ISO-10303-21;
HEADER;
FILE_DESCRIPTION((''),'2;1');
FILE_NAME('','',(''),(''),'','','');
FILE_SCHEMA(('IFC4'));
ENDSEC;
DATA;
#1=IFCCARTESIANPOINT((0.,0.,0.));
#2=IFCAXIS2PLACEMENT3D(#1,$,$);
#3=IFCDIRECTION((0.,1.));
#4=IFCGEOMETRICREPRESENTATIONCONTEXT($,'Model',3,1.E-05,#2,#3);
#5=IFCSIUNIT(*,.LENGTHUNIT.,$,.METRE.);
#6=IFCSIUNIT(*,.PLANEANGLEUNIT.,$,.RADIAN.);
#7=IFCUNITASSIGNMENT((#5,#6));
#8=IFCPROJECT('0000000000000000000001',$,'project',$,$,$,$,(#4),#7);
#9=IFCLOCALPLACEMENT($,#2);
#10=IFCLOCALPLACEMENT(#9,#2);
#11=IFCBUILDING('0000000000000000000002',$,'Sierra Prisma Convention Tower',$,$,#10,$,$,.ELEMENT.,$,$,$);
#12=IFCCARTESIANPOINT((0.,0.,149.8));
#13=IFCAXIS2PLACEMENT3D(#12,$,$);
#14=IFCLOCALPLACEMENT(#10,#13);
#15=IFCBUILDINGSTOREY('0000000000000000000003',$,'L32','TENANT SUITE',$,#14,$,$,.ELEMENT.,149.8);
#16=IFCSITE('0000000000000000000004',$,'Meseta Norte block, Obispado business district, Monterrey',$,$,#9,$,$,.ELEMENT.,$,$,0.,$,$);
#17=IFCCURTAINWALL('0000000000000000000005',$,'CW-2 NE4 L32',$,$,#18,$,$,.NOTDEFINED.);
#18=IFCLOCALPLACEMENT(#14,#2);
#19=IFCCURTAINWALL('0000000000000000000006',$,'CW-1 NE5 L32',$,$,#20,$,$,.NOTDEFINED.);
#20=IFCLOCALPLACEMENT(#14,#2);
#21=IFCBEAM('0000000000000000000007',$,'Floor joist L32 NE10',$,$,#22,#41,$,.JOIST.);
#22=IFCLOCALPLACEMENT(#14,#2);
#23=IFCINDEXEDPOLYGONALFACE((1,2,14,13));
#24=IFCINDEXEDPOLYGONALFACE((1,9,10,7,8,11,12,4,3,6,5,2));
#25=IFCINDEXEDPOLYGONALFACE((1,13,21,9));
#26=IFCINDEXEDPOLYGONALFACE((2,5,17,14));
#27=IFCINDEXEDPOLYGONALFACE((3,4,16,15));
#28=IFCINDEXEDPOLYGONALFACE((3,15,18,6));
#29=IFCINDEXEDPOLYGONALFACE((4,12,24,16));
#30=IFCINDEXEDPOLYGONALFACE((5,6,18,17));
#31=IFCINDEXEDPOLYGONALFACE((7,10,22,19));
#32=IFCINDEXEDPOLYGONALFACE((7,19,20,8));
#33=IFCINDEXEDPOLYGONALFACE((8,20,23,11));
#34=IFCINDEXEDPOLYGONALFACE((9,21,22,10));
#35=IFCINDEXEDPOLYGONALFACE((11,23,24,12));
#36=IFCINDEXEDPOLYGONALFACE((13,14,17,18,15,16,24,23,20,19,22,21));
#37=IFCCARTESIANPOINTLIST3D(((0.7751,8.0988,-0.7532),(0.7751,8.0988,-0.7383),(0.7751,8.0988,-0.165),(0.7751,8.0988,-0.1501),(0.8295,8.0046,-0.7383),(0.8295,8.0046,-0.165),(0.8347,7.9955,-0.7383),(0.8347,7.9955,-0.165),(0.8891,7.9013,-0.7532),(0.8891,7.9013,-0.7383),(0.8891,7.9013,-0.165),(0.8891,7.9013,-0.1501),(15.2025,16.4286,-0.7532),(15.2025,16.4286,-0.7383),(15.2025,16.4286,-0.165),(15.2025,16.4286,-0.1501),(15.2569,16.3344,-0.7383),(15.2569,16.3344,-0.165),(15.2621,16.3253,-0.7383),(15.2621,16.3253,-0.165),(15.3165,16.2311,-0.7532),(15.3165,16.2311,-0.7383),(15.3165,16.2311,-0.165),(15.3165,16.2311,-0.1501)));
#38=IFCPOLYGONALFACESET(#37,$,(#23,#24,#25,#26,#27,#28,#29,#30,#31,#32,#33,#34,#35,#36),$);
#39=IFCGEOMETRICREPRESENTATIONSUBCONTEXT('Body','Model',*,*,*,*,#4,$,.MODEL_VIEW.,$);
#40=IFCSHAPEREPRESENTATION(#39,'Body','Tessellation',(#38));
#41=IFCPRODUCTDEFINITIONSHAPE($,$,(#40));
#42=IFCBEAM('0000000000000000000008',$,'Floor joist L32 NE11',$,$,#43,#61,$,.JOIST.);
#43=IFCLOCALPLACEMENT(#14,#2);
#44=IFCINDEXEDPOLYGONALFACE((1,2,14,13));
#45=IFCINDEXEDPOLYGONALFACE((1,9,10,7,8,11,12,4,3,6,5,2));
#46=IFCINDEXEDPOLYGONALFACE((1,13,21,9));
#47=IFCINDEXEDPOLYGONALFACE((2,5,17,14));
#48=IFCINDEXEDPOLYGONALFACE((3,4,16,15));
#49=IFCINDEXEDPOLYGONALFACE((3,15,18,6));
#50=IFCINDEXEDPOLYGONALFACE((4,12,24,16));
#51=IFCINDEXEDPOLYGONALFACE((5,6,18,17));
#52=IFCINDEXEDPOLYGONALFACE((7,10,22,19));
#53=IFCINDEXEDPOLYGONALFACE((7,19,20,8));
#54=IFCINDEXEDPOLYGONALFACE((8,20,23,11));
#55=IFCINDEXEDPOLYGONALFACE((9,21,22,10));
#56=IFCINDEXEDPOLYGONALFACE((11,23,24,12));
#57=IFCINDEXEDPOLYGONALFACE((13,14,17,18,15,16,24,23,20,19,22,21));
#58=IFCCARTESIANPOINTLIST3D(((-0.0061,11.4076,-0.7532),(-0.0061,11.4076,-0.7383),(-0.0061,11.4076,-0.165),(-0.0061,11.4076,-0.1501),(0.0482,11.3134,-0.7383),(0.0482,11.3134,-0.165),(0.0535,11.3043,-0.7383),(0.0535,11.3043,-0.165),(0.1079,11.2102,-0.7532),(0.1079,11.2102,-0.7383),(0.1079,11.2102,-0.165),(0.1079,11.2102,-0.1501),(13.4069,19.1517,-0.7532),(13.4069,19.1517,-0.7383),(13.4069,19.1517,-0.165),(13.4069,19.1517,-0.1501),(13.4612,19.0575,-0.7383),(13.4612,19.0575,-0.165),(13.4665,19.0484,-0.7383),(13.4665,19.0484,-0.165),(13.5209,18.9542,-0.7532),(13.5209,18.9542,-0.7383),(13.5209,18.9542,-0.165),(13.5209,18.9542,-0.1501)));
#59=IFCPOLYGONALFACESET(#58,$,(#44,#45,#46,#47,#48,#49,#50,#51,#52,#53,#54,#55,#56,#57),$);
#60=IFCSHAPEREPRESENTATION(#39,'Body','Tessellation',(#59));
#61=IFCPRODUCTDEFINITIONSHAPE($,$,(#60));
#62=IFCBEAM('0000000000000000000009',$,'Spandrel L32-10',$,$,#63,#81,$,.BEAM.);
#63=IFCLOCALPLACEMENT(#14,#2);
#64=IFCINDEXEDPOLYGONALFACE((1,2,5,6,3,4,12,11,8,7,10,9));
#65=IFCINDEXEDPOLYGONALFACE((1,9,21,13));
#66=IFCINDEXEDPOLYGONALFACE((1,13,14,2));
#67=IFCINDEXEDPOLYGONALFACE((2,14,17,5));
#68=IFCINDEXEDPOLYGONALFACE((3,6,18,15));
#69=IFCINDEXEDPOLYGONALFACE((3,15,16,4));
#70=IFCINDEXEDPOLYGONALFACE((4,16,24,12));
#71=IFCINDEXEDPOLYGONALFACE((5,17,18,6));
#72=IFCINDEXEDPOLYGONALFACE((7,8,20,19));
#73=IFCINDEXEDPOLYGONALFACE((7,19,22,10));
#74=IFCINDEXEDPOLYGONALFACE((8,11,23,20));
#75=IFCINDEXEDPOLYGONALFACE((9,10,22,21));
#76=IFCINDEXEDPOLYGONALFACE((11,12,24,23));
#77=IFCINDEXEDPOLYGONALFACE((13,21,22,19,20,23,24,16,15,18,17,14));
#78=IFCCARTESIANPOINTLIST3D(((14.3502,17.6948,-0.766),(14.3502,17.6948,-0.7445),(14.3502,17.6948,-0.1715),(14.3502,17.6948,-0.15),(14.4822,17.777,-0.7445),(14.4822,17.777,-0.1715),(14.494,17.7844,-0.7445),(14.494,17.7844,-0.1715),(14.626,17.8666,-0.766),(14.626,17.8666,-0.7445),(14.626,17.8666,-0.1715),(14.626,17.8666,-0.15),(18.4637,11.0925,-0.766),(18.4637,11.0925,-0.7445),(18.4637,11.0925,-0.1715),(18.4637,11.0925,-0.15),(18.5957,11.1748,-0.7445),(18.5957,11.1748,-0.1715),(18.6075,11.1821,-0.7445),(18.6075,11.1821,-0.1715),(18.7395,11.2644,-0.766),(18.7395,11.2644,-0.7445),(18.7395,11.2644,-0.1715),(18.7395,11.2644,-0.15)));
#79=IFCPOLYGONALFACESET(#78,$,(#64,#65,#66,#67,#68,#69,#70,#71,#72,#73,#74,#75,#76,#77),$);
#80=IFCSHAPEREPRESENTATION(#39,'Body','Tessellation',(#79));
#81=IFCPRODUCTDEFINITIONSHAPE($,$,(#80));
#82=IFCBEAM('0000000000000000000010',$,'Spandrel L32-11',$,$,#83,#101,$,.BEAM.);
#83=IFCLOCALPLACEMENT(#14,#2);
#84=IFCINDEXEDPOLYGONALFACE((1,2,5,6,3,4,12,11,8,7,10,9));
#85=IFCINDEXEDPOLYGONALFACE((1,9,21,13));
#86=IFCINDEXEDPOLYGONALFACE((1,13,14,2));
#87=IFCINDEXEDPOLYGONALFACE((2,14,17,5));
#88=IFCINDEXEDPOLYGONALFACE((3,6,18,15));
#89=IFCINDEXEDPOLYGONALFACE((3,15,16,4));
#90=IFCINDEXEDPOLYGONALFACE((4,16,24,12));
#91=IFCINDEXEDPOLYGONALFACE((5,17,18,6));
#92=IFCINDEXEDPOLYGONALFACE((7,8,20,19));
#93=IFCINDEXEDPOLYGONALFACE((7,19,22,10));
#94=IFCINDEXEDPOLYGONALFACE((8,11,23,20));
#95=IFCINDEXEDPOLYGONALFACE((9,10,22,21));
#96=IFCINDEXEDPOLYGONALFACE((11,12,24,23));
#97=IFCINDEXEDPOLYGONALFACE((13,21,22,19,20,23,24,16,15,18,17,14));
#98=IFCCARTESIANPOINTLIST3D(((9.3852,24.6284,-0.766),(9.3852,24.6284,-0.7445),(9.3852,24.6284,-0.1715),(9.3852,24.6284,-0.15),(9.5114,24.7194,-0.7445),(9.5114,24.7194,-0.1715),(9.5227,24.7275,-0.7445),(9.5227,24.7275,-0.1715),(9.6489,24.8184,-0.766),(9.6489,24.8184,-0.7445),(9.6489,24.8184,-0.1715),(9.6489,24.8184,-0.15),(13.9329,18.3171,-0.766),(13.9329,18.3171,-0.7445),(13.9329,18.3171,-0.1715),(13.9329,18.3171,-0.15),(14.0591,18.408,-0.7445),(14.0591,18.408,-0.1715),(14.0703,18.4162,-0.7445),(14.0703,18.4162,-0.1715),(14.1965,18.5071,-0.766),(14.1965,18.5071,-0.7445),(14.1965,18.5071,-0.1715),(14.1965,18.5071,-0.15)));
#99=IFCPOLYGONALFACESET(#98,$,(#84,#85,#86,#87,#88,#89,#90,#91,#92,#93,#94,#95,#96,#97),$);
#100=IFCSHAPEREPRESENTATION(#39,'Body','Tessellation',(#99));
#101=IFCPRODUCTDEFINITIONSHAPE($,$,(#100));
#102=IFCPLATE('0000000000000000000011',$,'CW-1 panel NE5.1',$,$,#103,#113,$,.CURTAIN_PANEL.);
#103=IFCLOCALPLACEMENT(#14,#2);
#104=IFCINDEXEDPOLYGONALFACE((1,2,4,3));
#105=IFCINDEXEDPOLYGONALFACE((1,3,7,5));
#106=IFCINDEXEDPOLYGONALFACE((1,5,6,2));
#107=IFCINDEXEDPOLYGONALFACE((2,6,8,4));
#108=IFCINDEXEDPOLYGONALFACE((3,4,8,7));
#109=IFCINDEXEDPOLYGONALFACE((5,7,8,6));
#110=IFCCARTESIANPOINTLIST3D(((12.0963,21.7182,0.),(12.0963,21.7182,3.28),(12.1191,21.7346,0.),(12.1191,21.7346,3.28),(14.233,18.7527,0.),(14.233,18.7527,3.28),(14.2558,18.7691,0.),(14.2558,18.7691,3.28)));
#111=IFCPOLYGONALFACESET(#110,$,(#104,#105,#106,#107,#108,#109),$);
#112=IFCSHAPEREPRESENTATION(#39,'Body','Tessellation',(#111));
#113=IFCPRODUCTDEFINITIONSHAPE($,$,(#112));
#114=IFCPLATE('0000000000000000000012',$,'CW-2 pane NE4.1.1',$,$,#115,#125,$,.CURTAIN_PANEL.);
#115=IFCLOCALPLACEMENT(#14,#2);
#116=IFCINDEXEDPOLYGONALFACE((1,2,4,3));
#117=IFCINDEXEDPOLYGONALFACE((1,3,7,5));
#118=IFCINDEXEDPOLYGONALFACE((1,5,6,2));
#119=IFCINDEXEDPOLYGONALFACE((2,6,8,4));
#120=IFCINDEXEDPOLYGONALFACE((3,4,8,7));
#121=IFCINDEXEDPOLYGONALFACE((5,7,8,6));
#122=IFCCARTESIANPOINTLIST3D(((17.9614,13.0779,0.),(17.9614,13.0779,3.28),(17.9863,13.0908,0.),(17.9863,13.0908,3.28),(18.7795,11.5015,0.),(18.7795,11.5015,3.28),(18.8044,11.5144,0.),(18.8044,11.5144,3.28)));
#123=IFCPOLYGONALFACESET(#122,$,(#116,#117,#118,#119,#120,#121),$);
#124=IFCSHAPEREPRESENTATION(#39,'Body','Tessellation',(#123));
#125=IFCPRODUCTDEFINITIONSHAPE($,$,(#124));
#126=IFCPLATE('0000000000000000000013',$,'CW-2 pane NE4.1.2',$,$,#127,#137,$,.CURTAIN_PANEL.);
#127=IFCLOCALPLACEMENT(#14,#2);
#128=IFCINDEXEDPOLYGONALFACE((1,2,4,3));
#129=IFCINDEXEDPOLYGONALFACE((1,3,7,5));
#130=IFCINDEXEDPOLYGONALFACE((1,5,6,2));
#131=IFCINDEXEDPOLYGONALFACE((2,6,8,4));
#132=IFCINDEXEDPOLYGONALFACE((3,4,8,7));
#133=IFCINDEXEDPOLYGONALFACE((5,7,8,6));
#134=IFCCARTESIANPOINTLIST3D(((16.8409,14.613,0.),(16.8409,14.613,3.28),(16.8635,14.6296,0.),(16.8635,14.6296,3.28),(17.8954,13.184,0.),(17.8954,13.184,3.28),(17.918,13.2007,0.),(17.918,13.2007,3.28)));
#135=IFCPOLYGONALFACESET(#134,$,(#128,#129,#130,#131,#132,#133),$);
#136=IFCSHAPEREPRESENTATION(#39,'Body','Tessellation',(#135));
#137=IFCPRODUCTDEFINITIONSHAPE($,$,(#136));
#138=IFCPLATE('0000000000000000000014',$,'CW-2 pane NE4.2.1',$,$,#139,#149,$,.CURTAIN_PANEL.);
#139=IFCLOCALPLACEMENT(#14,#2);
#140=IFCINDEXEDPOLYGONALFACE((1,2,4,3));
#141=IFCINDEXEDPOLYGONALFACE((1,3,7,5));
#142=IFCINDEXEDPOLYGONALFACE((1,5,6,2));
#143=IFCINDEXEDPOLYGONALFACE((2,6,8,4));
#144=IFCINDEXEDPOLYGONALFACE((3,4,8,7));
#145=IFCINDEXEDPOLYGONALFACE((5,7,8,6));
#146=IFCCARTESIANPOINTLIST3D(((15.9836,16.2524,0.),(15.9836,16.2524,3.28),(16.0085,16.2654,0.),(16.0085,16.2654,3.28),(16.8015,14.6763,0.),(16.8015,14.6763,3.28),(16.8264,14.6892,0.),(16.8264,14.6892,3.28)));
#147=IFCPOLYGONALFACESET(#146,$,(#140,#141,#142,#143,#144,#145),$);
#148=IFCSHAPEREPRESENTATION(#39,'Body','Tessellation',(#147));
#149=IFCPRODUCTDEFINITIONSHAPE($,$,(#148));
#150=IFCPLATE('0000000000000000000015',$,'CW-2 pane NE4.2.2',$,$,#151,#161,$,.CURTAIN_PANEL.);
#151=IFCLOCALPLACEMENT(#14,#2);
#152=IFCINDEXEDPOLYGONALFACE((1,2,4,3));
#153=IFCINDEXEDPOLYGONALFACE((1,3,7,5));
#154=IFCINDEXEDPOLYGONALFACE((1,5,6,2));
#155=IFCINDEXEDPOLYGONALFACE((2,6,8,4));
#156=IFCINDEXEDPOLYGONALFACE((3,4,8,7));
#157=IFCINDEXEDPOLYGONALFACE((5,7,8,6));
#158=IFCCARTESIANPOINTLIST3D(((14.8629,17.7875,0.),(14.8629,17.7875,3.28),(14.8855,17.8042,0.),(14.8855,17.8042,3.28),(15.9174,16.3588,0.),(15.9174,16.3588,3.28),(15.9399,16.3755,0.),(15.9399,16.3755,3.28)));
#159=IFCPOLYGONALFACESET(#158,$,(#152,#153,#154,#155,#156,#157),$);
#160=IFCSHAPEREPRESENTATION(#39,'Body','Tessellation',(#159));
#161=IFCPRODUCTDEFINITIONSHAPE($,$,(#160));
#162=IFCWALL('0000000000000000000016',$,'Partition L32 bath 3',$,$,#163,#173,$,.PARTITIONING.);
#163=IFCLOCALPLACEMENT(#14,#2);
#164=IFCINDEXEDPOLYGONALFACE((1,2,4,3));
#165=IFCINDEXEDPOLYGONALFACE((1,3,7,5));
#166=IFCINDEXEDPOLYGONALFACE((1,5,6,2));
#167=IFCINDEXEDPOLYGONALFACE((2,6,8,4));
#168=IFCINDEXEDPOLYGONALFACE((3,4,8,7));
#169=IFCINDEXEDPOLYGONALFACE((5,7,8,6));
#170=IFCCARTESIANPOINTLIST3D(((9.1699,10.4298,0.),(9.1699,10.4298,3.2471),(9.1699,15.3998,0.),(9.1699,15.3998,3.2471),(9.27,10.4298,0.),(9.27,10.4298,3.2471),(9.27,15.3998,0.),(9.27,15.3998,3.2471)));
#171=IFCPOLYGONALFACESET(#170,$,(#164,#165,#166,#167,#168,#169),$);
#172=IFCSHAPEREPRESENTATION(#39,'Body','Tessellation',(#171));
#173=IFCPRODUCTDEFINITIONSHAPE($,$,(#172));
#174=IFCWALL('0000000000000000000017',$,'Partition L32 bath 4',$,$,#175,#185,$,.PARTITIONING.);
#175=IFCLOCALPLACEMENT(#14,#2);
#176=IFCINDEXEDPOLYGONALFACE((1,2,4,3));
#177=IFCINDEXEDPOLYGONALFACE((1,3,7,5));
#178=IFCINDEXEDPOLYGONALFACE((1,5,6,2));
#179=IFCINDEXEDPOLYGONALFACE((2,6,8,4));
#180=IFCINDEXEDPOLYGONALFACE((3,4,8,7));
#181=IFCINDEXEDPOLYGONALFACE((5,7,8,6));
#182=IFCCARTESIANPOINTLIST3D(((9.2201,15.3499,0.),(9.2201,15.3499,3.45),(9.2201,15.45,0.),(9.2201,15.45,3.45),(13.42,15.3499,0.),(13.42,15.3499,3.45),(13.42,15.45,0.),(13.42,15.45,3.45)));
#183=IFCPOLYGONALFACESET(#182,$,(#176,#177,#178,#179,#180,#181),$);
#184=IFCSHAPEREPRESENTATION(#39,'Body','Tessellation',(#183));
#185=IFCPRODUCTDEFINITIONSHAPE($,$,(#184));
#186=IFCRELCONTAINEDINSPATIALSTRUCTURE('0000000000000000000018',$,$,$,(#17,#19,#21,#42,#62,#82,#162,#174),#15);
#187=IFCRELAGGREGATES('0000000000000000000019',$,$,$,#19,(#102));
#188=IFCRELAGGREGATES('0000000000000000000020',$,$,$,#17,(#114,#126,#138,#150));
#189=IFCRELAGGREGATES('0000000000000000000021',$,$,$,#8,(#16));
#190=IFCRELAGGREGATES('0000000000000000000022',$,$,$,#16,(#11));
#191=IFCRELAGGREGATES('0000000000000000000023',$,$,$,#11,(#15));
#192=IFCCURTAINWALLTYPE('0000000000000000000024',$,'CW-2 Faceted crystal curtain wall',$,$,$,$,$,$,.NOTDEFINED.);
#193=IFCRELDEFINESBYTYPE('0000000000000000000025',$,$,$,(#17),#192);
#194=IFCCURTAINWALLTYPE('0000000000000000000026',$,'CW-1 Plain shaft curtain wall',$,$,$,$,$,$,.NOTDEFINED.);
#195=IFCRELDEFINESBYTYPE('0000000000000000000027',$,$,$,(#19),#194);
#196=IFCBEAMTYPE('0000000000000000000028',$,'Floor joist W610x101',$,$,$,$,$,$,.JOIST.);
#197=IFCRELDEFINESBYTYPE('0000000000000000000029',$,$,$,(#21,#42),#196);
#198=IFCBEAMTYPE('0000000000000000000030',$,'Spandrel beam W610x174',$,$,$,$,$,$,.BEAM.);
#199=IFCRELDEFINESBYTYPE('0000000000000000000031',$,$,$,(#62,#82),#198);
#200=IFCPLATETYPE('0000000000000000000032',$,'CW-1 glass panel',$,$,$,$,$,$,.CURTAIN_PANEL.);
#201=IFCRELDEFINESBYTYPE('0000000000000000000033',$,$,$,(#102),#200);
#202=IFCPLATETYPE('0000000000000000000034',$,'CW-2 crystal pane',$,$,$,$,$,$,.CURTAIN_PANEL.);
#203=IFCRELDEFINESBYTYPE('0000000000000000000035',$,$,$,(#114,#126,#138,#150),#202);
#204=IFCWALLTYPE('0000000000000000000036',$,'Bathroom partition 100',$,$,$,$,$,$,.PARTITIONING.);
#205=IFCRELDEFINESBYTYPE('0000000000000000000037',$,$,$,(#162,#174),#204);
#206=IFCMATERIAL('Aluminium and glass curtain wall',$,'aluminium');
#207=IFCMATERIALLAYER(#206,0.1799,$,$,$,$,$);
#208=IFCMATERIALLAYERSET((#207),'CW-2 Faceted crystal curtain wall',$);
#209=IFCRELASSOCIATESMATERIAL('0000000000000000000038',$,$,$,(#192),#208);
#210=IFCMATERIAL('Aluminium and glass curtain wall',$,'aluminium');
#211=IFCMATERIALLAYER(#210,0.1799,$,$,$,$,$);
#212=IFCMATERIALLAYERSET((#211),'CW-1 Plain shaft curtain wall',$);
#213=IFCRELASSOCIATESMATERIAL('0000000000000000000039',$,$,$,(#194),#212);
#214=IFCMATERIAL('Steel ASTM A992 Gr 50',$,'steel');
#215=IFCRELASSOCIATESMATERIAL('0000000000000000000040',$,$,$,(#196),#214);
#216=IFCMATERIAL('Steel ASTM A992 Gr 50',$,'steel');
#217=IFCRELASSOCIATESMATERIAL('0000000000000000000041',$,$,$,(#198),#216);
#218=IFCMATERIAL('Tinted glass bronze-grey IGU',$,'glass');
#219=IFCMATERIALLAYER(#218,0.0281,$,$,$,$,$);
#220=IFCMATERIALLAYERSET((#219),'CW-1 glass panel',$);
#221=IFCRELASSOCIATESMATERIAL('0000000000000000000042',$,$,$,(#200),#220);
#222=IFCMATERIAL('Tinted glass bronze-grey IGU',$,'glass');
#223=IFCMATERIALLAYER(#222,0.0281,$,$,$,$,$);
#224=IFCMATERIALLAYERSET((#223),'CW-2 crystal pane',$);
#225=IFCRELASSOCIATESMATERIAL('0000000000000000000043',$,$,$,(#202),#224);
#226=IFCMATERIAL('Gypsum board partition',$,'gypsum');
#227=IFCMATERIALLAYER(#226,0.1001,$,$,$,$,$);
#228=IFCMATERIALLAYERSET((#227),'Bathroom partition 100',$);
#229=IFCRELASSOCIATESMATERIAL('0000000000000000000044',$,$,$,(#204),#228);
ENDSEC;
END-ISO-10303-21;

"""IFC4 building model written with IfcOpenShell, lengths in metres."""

from ifc_helpers import new_model, si_unit, direction, frame, frame_2d, origin, origin_2d, place, context, subcontext, project, spatial, polyline, rectangle, i_section, outline, extrude, material, layer, layer_set, material_profile, profile_set, type_object, element, aggregate, save


model = new_model("IFC4")

# Units and contexts
model_context = context("Model", 3, precision=1e-05, world=origin(), true_north=direction((0.0, 1.0)))
body_context = subcontext(model_context, "Body", "Model", "MODEL_VIEW")
ifc_project = project(units=[si_unit("LENGTHUNIT", "METRE"), si_unit("PLANEANGLEUNIT", "RADIAN")], contexts=[model_context])

# Site, building, storey
site_placement = place(None, origin())
site = spatial("IfcSite", under=ifc_project, at=site_placement, Name="Meseta Norte block, Obispado business district, Monterrey", CompositionType="ELEMENT", RefElevation=0.0)
building_placement = place(site_placement, origin())
building = spatial("IfcBuilding", under=site, at=building_placement, Name="Sierra Prisma Convention Tower", CompositionType="ELEMENT")
storey_placement = place(building_placement, frame((0.0, 0.0, 149.8)))
storey = spatial("IfcBuildingStorey", under=building, at=storey_placement, Name="L32", Description="TENANT SUITE", CompositionType="ELEMENT", Elevation=149.8)

# Curtain wall
ifc_material_1 = material(Name="Aluminium and glass curtain wall", Category="aluminium")
ifc_layer_1 = layer(ifc_material_1, 0.1799)
ifc_layer_set_1 = layer_set([ifc_layer_1], Name="CW-2 Faceted crystal curtain wall")
curtain_wall_type_1 = type_object("IfcCurtainWallType", Name="CW-2 Faceted crystal curtain wall", PredefinedType="NOTDEFINED", material=ifc_layer_set_1)
curtain_wall_1_placement = place(storey_placement, origin())
curtain_wall_1 = element("IfcCurtainWall", 1, at=curtain_wall_1_placement, inside=storey, type_object=curtain_wall_type_1, Name="CW-2 NE4 L32", PredefinedType="NOTDEFINED")

# Curtain wall
ifc_material_2 = material(Name="Aluminium and glass curtain wall", Category="aluminium")
ifc_layer_2 = layer(ifc_material_2, 0.1799)
ifc_layer_set_2 = layer_set([ifc_layer_2], Name="CW-1 Plain shaft curtain wall")
curtain_wall_type_2 = type_object("IfcCurtainWallType", Name="CW-1 Plain shaft curtain wall", PredefinedType="NOTDEFINED", material=ifc_layer_set_2)
curtain_wall_2_placement = place(storey_placement, origin())
curtain_wall_2 = element("IfcCurtainWall", 2, at=curtain_wall_2_placement, inside=storey, type_object=curtain_wall_type_2, Name="CW-1 NE5 L32", PredefinedType="NOTDEFINED")

# Beams
ifc_material_3 = material(Name="Steel ASTM A992 Gr 50", Category="steel")
ifc_material_profile_1 = material_profile(ifc_material_3, i_section(OverallWidth=0.228, OverallDepth=0.603, WebThickness=0.0105, FlangeThickness=0.0149, at=origin_2d()), Name="W610x101")
ifc_profile_set_1 = profile_set([ifc_material_profile_1], Name="Steel ASTM A992 Gr 50")
beam_type_1 = type_object("IfcBeamType", Name="Floor joist W610x101", PredefinedType="JOIST", material=ifc_profile_set_1)
beam_1_placement = place(storey_placement, frame((15.2595, 16.3298, -0.4517), z_axis=(-0.866022, -0.500005, 0.0), x_axis=(0.500005, -0.866022, 0.0)))
element("IfcBeam", 3, at=beam_1_placement, inside=storey, type_object=beam_type_1, Name="Floor joist L32 NE10", PredefinedType="JOIST", context=body_context, shape_type="SweptSolid", body=[
    extrude(i_section(OverallWidth=0.228, OverallDepth=0.603, WebThickness=0.0105, FlangeThickness=0.0149, at=origin_2d()), origin(), (0.0, 0.0, 1.0), 16.6594),
])
beam_2_placement = place(storey_placement, frame((13.4639, 19.053, -0.4517), z_axis=(-0.866023, -0.500004, 0.0), x_axis=(0.500004, -0.866023, 0.0)))
element("IfcBeam", 4, at=beam_2_placement, inside=storey, type_object=beam_type_1, Name="Floor joist L32 NE11", PredefinedType="JOIST", context=body_context, shape_type="SweptSolid", body=[
    extrude(i_section(OverallWidth=0.228, OverallDepth=0.603, WebThickness=0.0105, FlangeThickness=0.0149, at=origin_2d()), origin(), (0.0, 0.0, 1.0), 15.488),
])
ifc_material_4 = material(Name="Steel ASTM A992 Gr 50", Category="steel")
ifc_material_profile_2 = material_profile(ifc_material_4, i_section(OverallWidth=0.325, OverallDepth=0.616, WebThickness=0.0139, FlangeThickness=0.0215, at=origin_2d()), Name="W610x174")
ifc_profile_set_2 = profile_set([ifc_material_profile_2], Name="Steel ASTM A992 Gr 50")
beam_type_2 = type_object("IfcBeamType", Name="Spandrel beam W610x174", PredefinedType="BEAM", material=ifc_profile_set_2)
beam_3_placement = place(storey_placement, frame((18.6016, 11.1785, -0.458), z_axis=(-0.528805, 0.848743, 0.0), x_axis=(-0.848743, -0.528805, 0.0)))
element("IfcBeam", 5, at=beam_3_placement, inside=storey, type_object=beam_type_2, Name="Spandrel L32-10", PredefinedType="BEAM", context=body_context, shape_type="SweptSolid", body=[
    extrude(i_section(OverallWidth=0.325, OverallDepth=0.616, WebThickness=0.0139, FlangeThickness=0.0215, at=origin_2d()), origin(), (0.0, 0.0, 1.0), 7.7788),
])
beam_4_placement = place(storey_placement, frame((14.0647, 18.4121, -0.458), z_axis=(-0.5846, 0.811322, 0.0), x_axis=(-0.811322, -0.5846, 0.0)))
element("IfcBeam", 6, at=beam_4_placement, inside=storey, type_object=beam_type_2, Name="Spandrel L32-11", PredefinedType="BEAM", context=body_context, shape_type="SweptSolid", body=[
    extrude(i_section(OverallWidth=0.325, OverallDepth=0.616, WebThickness=0.0139, FlangeThickness=0.0215, at=origin_2d()), origin(), (0.0, 0.0, 1.0), 7.7791),
])

# Plates
ifc_material_5 = material(Name="Tinted glass bronze-grey IGU", Category="glass")
ifc_layer_3 = layer(ifc_material_5, 0.0281)
ifc_layer_set_3 = layer_set([ifc_layer_3], Name="CW-1 glass panel")
plate_type_1 = type_object("IfcPlateType", Name="CW-1 glass panel", PredefinedType="CURTAIN_PANEL", material=ifc_layer_set_3)
plate_1_placement = place(storey_placement, frame((13.176, 20.2437, 0.0), z_axis=(0.0, 0.0, 1.0), x_axis=(-0.584584, 0.811333, 0.0)))
plate_1 = element("IfcPlate", 7, at=plate_1_placement, type_object=plate_type_1, Name="CW-1 panel NE5.1", PredefinedType="CURTAIN_PANEL", context=body_context, shape_type="SweptSolid", body=[
    extrude(rectangle(XDim=3.655, YDim=0.0281, at=origin_2d()), origin(), (0.0, 0.0, 1.0), 3.28),
])
aggregate(curtain_wall_2, [plate_1])
ifc_material_6 = material(Name="Tinted glass bronze-grey IGU", Category="glass")
ifc_layer_4 = layer(ifc_material_6, 0.0281)
ifc_layer_set_4 = layer_set([ifc_layer_4], Name="CW-2 crystal pane")
plate_type_2 = type_object("IfcPlateType", Name="CW-2 crystal pane", PredefinedType="CURTAIN_PANEL", material=ifc_layer_set_4)
plate_2_placement = place(storey_placement, frame((18.8044, 11.5144, 0.0), z_axis=(0.88759, 0.460634, 0.0), x_axis=(-0.460634, 0.88759, 0.0)))
plate_2 = element("IfcPlate", 8, at=plate_2_placement, type_object=plate_type_2, Name="CW-2 pane NE4.1.1", PredefinedType="CURTAIN_PANEL", context=body_context, shape_type="SweptSolid", body=[
    extrude(outline(polyline([(0.0, 0.0), (1.7761, 0.0), (1.7761, 3.28), (0.0, 3.28), (0.0, 0.0)])), origin(), (0.0, 0.0, -1.0), 0.0281),
])
plate_3_placement = place(storey_placement, frame((16.8635, 14.6296, 0.0), z_axis=(0.804644, 0.593757, 0.0), x_axis=(0.593757, -0.804644, 0.0)))
plate_3 = element("IfcPlate", 9, at=plate_3_placement, type_object=plate_type_2, Name="CW-2 pane NE4.1.2", PredefinedType="CURTAIN_PANEL", context=body_context, shape_type="SweptSolid", body=[
    extrude(outline(polyline([(0.0, 0.0), (1.7759, 0.0), (1.7759, -3.28), (0.0, -3.28), (0.0, 0.0)])), origin(), (0.0, 0.0, -1.0), 0.0281),
])
plate_4_placement = place(storey_placement, frame((16.8264, 14.6892, 0.0), z_axis=(0.887617, 0.460582, 0.0), x_axis=(-0.460582, 0.887617, 0.0)))
plate_4 = element("IfcPlate", 10, at=plate_4_placement, type_object=plate_type_2, Name="CW-2 pane NE4.2.1", PredefinedType="CURTAIN_PANEL", context=body_context, shape_type="SweptSolid", body=[
    extrude(outline(polyline([(0.0, 0.0), (1.7757, 0.0), (1.7757, 3.28), (0.0, 3.28), (0.0, 0.0)])), origin(), (0.0, 0.0, -1.0), 0.0281),
])
plate_5_placement = place(storey_placement, frame((14.8855, 17.8042, 0.0), z_axis=(0.804596, 0.593823, 0.0), x_axis=(0.593823, -0.804596, 0.0)))
plate_5 = element("IfcPlate", 11, at=plate_5_placement, type_object=plate_type_2, Name="CW-2 pane NE4.2.2", PredefinedType="CURTAIN_PANEL", context=body_context, shape_type="SweptSolid", body=[
    extrude(outline(polyline([(0.0, 0.0), (1.7757, 0.0), (1.7757, -3.28), (0.0, -3.28), (0.0, 0.0)])), origin(), (0.0, 0.0, -1.0), 0.0281),
])
aggregate(curtain_wall_1, [plate_2, plate_3, plate_4, plate_5])

# Walls
ifc_material_7 = material(Name="Gypsum board partition", Category="gypsum")
ifc_layer_5 = layer(ifc_material_7, 0.1001)
ifc_layer_set_5 = layer_set([ifc_layer_5], Name="Bathroom partition 100")
wall_type_1 = type_object("IfcWallType", Name="Bathroom partition 100", PredefinedType="PARTITIONING", material=ifc_layer_set_5)
wall_1_placement = place(storey_placement, frame((9.22, 10.4299, 0.0), z_axis=(0.0, 0.0, 1.0), x_axis=(0.0, 1.0, 0.0)))
element("IfcWall", 12, at=wall_1_placement, inside=storey, type_object=wall_type_1, Name="Partition L32 bath 3", PredefinedType="PARTITIONING", context=body_context, shape_type="SweptSolid", body=[
    extrude(rectangle(XDim=4.97, YDim=0.1001, at=frame_2d((2.4849, 0.0))), origin(), (0.0, 0.0, 1.0), 3.2471),
])
wall_2_placement = place(storey_placement, frame((9.22, 15.3999, 0.0), z_axis=(0.0, 0.0, 1.0), x_axis=(1.0, 0.0, 0.0)))
element("IfcWall", 13, at=wall_2_placement, inside=storey, type_object=wall_type_1, Name="Partition L32 bath 4", PredefinedType="PARTITIONING", context=body_context, shape_type="SweptSolid", body=[
    extrude(rectangle(XDim=4.2, YDim=0.1001, at=frame_2d((2.1001, 0.0))), origin(), (0.0, 0.0, 1.0), 3.45),
])

save(model, "model.ifc")
